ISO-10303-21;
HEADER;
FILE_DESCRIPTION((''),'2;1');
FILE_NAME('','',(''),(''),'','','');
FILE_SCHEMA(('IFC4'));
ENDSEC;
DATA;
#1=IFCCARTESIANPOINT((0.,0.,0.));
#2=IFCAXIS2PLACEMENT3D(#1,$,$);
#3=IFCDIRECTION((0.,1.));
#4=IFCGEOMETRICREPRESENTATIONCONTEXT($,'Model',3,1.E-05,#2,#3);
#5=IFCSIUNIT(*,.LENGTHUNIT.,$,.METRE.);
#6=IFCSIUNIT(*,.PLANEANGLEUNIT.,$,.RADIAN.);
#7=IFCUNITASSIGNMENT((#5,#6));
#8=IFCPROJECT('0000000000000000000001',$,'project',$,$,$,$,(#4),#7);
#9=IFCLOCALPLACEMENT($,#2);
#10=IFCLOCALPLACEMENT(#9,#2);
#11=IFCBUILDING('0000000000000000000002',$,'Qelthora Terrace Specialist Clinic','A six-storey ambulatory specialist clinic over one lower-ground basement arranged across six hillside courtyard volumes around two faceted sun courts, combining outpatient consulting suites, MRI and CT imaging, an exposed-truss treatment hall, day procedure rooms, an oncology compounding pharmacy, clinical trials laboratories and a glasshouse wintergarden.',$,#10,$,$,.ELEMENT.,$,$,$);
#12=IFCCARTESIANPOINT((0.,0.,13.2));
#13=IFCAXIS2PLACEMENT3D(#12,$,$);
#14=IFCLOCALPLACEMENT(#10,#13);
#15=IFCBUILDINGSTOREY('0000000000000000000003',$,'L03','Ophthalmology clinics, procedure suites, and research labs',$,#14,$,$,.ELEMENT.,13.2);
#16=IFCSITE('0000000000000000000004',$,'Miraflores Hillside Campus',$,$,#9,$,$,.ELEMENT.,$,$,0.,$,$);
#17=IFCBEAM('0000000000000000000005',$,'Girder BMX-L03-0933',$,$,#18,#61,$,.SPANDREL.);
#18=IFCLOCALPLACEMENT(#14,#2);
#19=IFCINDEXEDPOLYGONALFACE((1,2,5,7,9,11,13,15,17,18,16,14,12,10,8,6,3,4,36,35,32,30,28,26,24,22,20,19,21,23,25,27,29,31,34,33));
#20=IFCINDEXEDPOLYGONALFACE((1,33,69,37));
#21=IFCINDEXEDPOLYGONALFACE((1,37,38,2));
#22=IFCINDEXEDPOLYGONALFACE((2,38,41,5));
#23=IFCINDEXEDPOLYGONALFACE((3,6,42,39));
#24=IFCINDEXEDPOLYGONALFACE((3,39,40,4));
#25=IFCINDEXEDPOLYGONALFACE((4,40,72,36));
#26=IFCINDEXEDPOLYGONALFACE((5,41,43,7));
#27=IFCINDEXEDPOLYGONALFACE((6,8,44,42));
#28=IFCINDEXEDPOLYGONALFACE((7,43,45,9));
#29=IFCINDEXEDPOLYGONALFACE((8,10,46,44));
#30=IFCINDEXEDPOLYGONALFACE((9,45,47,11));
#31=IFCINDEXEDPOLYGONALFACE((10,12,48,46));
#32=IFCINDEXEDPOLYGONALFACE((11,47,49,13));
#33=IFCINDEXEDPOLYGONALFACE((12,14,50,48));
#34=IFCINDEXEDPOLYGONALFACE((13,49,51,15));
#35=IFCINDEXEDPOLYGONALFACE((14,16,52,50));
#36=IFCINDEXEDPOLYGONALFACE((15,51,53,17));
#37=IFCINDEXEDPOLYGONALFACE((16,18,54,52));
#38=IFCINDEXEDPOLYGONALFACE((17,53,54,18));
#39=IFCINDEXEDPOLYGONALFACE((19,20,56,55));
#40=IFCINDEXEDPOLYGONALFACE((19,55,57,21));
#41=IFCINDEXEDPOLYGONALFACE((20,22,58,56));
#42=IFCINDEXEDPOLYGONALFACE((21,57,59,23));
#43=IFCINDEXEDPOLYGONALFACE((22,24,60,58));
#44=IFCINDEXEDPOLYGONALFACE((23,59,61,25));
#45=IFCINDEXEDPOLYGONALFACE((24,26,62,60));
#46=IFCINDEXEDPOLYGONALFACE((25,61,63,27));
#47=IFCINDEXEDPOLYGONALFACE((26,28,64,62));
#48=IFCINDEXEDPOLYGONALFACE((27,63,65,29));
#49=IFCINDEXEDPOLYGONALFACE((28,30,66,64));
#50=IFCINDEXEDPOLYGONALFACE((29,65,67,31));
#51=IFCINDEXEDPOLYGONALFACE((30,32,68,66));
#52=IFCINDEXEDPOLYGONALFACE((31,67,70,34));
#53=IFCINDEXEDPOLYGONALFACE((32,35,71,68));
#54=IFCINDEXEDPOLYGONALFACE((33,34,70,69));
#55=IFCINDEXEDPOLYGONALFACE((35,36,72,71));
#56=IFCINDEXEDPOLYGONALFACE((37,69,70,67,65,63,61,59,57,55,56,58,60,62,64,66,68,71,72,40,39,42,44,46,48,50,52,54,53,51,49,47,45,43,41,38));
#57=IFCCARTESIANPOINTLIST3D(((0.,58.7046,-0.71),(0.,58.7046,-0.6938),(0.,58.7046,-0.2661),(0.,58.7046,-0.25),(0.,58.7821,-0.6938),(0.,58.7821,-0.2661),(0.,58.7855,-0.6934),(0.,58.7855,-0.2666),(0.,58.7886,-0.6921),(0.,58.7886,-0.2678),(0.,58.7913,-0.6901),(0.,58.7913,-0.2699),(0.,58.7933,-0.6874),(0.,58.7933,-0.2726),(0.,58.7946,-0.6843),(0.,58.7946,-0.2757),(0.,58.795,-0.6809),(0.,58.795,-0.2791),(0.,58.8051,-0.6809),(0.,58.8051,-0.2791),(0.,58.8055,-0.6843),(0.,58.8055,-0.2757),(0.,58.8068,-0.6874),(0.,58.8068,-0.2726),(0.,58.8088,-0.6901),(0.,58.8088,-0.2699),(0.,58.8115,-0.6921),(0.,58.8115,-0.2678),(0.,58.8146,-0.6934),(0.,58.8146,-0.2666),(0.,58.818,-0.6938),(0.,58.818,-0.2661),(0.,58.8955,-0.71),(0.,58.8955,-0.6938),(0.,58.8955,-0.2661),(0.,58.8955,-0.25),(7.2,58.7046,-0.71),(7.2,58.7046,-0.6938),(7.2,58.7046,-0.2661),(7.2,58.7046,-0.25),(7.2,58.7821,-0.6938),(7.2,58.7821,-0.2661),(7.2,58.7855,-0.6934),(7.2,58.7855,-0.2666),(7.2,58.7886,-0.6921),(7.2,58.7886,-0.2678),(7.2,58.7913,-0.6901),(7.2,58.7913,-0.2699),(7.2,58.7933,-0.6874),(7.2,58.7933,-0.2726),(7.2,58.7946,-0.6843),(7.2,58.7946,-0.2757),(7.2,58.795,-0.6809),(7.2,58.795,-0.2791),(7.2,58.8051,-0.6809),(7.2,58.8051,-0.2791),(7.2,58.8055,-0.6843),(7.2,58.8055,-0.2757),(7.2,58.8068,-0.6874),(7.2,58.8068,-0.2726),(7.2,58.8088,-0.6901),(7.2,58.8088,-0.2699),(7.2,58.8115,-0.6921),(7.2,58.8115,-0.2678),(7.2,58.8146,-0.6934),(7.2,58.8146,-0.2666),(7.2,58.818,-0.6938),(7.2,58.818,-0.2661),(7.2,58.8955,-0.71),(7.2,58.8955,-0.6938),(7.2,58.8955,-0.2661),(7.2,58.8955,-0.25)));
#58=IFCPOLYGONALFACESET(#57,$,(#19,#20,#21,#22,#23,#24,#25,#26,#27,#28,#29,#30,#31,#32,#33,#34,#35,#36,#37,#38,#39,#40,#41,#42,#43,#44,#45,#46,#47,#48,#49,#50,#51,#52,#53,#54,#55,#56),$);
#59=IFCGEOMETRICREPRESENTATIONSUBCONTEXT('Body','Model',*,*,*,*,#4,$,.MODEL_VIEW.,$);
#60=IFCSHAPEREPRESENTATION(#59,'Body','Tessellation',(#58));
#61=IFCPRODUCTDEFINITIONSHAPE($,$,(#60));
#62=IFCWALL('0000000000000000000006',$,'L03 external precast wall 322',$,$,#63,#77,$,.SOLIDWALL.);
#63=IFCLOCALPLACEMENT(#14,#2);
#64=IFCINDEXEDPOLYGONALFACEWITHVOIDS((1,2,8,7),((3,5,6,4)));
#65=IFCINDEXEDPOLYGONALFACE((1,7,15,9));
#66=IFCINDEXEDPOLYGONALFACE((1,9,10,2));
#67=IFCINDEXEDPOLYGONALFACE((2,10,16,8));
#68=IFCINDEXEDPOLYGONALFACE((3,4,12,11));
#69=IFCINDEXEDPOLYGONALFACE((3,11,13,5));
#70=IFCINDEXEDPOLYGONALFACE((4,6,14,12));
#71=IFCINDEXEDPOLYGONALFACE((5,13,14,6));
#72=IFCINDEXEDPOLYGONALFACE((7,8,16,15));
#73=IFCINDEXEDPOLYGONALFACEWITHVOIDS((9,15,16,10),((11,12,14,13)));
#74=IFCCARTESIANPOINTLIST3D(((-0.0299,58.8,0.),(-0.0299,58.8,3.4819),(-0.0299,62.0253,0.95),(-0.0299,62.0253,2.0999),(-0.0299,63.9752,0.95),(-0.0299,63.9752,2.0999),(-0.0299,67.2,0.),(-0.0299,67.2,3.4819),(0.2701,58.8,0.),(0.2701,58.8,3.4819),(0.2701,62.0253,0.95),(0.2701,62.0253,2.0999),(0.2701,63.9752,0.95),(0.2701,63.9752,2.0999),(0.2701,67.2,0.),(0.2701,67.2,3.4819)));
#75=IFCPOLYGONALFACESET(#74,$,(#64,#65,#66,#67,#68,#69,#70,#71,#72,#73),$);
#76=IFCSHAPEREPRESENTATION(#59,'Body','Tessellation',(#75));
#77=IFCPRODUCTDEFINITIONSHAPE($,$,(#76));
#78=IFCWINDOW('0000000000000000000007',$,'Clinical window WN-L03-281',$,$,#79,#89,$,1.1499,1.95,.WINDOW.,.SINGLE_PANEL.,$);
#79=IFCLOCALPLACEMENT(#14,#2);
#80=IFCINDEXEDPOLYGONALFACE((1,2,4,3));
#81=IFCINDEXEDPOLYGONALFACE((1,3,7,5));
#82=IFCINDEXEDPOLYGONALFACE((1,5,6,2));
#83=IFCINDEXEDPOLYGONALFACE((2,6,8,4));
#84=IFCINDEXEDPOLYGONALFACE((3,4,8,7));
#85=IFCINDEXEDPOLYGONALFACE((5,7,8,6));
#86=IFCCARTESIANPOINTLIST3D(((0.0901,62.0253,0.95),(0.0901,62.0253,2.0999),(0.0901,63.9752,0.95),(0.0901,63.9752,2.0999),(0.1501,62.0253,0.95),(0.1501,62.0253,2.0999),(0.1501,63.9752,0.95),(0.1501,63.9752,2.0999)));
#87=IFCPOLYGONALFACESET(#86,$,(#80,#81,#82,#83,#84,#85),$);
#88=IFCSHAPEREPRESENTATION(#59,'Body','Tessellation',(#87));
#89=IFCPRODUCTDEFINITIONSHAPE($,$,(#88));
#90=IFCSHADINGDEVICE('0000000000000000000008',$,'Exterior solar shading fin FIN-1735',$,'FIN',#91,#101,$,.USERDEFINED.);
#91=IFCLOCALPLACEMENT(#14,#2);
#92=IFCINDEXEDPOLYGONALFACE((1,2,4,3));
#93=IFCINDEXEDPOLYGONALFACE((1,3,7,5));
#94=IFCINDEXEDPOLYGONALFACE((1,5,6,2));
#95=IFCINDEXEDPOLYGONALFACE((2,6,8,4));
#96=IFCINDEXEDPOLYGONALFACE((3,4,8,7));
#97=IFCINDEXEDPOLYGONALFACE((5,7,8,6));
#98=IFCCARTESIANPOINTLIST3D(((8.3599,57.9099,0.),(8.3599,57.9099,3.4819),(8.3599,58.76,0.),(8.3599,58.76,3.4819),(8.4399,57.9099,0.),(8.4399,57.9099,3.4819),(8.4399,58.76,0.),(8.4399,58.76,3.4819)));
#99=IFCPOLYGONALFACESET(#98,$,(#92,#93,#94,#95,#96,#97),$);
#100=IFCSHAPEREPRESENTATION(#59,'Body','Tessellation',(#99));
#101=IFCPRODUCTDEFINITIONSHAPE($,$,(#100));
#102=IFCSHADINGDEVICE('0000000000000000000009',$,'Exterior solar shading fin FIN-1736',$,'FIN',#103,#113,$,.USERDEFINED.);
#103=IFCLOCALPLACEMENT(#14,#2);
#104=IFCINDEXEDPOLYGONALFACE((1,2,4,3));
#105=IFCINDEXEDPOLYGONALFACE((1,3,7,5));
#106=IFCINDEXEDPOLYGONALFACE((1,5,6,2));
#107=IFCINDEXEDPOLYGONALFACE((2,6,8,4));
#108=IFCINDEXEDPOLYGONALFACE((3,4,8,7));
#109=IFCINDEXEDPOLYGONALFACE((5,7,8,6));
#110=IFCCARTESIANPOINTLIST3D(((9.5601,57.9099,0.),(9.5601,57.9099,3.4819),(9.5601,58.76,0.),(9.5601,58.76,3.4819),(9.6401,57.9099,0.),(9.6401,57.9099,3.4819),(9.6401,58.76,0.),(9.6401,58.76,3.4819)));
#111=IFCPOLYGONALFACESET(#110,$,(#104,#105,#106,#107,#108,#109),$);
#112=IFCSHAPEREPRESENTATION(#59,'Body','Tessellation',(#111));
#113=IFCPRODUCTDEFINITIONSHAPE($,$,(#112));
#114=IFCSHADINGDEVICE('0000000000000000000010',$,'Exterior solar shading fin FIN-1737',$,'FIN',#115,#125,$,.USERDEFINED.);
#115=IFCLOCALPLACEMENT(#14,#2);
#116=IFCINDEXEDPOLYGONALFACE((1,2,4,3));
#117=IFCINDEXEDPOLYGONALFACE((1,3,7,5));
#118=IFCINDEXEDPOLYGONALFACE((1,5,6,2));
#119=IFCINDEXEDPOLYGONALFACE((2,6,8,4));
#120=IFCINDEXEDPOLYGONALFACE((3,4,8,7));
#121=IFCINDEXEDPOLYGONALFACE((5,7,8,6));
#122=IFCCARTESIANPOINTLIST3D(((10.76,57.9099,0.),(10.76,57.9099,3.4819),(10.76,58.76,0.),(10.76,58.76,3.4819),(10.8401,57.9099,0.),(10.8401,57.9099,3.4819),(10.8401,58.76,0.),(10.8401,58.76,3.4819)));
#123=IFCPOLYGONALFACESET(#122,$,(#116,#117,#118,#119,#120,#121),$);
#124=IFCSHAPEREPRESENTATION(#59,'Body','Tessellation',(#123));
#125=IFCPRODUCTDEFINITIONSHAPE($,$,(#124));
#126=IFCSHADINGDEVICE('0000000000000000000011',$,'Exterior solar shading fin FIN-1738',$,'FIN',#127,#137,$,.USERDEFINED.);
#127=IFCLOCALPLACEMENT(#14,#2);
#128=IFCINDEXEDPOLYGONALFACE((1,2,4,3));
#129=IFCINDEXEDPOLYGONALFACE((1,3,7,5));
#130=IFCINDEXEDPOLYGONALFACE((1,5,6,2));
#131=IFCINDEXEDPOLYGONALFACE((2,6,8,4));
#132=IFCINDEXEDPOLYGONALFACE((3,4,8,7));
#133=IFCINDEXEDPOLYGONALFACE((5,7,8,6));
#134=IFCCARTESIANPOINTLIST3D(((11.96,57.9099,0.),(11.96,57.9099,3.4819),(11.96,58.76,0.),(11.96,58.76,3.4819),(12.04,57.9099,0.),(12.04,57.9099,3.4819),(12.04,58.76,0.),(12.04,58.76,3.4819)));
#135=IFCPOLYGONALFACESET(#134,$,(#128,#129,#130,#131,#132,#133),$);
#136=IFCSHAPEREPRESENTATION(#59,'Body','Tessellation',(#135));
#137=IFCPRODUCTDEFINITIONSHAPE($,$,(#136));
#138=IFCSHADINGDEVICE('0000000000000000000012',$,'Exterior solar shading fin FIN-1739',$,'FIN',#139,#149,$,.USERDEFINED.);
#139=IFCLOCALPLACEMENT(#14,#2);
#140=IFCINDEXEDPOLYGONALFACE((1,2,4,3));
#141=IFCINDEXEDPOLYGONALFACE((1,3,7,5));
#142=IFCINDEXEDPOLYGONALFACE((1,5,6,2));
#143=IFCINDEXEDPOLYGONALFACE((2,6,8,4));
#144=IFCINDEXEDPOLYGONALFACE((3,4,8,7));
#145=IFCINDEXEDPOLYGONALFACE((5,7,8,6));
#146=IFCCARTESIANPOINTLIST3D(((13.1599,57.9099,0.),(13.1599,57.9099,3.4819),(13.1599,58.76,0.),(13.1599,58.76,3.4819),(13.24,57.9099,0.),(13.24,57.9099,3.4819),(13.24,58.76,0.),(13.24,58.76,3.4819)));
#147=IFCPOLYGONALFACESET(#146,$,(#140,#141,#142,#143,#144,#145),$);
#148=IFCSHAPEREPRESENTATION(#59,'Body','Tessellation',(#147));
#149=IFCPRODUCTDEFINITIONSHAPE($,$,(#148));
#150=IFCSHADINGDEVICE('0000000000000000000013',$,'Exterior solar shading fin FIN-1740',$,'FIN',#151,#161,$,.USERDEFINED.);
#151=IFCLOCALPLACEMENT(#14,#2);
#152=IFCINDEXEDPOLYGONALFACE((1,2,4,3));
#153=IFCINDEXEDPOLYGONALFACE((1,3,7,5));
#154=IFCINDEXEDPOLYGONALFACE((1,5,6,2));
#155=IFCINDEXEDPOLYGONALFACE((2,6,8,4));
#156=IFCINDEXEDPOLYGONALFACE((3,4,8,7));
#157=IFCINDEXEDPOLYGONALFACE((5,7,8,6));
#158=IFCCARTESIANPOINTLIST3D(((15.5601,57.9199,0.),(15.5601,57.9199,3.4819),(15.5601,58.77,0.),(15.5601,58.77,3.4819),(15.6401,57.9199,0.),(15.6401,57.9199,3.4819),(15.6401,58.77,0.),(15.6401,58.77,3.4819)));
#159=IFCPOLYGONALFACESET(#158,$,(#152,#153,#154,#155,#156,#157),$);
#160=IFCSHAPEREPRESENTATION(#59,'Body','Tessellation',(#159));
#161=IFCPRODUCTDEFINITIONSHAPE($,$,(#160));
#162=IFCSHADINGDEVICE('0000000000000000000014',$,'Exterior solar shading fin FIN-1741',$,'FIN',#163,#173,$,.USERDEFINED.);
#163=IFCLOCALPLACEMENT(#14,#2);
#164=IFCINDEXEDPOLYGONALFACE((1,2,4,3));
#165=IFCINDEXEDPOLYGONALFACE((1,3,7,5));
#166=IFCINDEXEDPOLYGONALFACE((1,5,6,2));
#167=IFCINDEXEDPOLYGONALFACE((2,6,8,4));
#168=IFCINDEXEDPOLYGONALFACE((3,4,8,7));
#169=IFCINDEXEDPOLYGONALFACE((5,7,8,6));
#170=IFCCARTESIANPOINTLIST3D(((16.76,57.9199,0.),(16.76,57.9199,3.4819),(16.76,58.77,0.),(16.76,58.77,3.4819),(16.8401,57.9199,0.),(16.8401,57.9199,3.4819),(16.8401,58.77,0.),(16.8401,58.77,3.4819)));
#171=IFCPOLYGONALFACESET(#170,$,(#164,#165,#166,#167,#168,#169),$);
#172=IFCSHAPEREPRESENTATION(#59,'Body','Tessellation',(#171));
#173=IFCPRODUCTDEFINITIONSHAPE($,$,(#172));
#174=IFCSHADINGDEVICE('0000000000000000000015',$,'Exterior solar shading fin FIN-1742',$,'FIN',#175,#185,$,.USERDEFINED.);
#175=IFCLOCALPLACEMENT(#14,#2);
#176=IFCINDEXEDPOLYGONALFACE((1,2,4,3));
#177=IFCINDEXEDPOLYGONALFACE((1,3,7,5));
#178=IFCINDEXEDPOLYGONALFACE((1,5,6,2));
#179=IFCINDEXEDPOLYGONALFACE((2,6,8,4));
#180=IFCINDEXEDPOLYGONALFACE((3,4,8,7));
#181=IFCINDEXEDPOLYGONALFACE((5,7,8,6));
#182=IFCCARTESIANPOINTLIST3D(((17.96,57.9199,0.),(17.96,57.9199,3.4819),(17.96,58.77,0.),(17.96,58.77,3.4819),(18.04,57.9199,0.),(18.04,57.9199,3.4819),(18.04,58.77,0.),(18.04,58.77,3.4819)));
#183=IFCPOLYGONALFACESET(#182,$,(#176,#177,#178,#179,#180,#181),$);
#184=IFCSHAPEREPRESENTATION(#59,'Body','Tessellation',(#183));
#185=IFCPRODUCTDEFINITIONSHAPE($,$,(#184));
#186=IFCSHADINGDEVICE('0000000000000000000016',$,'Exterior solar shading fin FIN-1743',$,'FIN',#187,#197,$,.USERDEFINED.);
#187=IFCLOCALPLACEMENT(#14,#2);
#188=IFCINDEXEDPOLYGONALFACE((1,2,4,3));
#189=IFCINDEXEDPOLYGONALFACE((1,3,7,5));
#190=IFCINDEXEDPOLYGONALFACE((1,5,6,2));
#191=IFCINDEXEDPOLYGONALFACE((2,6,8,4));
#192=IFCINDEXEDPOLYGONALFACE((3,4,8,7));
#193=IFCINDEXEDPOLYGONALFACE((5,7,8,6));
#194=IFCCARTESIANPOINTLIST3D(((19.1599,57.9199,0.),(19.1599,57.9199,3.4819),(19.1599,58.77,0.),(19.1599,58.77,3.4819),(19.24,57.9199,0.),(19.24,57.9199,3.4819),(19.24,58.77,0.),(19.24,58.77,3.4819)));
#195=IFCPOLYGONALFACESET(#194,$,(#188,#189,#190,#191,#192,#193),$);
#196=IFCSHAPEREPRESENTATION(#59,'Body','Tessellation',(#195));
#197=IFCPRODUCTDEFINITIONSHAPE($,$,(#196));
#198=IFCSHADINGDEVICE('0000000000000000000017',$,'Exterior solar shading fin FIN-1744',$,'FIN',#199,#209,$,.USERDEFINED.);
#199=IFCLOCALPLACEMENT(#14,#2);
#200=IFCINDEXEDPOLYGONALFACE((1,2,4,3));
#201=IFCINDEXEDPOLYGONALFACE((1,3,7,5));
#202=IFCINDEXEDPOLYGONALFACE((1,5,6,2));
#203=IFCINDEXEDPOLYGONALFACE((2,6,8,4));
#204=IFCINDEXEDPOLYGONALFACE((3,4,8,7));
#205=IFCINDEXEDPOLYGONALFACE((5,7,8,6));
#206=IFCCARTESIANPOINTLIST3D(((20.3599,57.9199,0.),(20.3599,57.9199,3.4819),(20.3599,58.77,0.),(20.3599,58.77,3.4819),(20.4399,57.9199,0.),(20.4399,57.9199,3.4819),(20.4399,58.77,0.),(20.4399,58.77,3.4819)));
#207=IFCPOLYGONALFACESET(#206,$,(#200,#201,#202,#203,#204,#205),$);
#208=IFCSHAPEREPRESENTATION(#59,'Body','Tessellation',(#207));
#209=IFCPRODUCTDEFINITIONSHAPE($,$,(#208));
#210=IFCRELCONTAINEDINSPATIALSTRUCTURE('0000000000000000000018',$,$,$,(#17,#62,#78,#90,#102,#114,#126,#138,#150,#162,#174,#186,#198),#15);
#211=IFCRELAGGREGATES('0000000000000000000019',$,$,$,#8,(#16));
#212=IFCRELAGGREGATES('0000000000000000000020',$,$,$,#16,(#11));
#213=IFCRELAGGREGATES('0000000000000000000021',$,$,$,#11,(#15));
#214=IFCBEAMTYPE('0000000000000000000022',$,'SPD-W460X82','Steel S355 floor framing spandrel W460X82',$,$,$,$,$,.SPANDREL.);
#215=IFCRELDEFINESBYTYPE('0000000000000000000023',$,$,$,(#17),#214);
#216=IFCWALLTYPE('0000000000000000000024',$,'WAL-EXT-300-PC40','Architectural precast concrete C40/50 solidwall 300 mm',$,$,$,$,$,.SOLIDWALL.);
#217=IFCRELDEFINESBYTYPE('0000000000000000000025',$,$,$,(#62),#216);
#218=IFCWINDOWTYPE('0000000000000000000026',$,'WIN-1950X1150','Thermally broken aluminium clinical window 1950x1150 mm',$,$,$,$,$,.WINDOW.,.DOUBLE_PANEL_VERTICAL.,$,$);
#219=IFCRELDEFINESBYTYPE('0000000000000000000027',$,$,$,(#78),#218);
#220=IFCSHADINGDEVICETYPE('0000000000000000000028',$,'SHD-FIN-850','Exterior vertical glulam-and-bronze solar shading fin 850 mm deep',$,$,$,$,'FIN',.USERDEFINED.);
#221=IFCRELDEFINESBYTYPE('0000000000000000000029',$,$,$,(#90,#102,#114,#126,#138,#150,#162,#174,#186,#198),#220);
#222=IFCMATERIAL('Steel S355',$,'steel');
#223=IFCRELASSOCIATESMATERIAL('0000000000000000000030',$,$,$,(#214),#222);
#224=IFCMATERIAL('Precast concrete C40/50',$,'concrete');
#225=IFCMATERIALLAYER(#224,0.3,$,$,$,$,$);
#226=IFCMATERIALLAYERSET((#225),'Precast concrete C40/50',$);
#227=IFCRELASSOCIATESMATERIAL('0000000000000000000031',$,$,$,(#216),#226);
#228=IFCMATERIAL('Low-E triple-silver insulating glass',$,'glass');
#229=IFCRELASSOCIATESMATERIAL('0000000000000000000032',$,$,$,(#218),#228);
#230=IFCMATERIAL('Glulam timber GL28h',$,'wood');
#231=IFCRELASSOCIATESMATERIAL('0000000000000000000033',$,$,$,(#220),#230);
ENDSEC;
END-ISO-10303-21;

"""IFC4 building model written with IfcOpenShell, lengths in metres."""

from ifc_helpers import new_model, si_unit, direction, frame, frame_2d, origin, origin_2d, place, context, subcontext, project, spatial, rectangle, i_section, extrude, material, layer, layer_set, material_profile, profile_set, type_object, element, fill, save


model = new_model("IFC4")

# Units and contexts
model_context = context("Model", 3, precision=1e-05, world=origin(), true_north=direction((0.0, 1.0)))
body_context = subcontext(model_context, "Body", "Model", "MODEL_VIEW")
ifc_project = project(units=[si_unit("LENGTHUNIT", "METRE"), si_unit("PLANEANGLEUNIT", "RADIAN")], contexts=[model_context])

# Site, building, storey
site_placement = place(None, origin())
site = spatial("IfcSite", under=ifc_project, at=site_placement, Name="Miraflores Hillside Campus", CompositionType="ELEMENT", RefElevation=0.0)
building_placement = place(site_placement, origin())
building = spatial("IfcBuilding", under=site, at=building_placement, Name="Qelthora Terrace Specialist Clinic", Description="A six-storey ambulatory specialist clinic over one lower-ground basement arranged across six hillside courtyard volumes around two faceted sun courts, combining outpatient consulting suites, MRI and CT imaging, an exposed-truss treatment hall, day procedure rooms, an oncology compounding pharmacy, clinical trials laboratories and a glasshouse wintergarden.", CompositionType="ELEMENT")
storey_placement = place(building_placement, frame((0.0, 0.0, 13.2)))
storey = spatial("IfcBuildingStorey", under=building, at=storey_placement, Name="L03", Description="Ophthalmology clinics, procedure suites, and research labs", CompositionType="ELEMENT", Elevation=13.2)

# Shared definitions
ifc_material_1 = material(Name="Steel S355", Category="steel")

# Beam
ifc_material_profile_1 = material_profile(ifc_material_1, i_section(OverallWidth=0.1909, OverallDepth=0.46, WebThickness=0.01, FlangeThickness=0.0161, FilletRadius=0.0129, at=origin_2d()), Name="W460X82")
ifc_profile_set_1 = profile_set([ifc_material_profile_1], Name="Steel S355")
beam_type_1 = type_object("IfcBeamType", Name="SPD-W460X82", Description="Steel S355 floor framing spandrel W460X82", PredefinedType="SPANDREL", material=ifc_profile_set_1)
beam_1_placement = place(storey_placement, frame((0.0, 58.8, -0.48), z_axis=(1.0, 0.0, 0.0), x_axis=(0.0, 1.0, 0.0)))
element("IfcBeam", 1, at=beam_1_placement, inside=storey, type_object=beam_type_1, Name="Girder BMX-L03-0933", PredefinedType="SPANDREL", context=body_context, shape_type="SweptSolid", body=[
    extrude(i_section(OverallWidth=0.1909, OverallDepth=0.46, WebThickness=0.01, FlangeThickness=0.0161, FilletRadius=0.0129, at=origin_2d()), origin(), (0.0, 0.0, 1.0), 7.2),
])

# Wall, opening, window
ifc_material_2 = material(Name="Precast concrete C40/50", Category="concrete")
ifc_layer = layer(ifc_material_2, 0.3)
ifc_layer_set = layer_set([ifc_layer], Name="Precast concrete C40/50")
wall_type = type_object("IfcWallType", Name="WAL-EXT-300-PC40", Description="Architectural precast concrete C40/50 solidwall 300 mm", PredefinedType="SOLIDWALL", material=ifc_layer_set)
wall_placement = place(storey_placement, frame((0.1201, 58.8, 0.0), z_axis=(0.0, 0.0, 1.0), x_axis=(0.0, 1.0, 0.0)))
wall = element("IfcWall", 2, at=wall_placement, inside=storey, type_object=wall_type, Name="L03 external precast wall 322", PredefinedType="SOLIDWALL", context=body_context, shape_type="SweptSolid", body=[
    extrude(rectangle(XDim=8.3999, YDim=0.3, at=frame_2d((4.2, 0.0))), origin(), (0.0, 0.0, 1.0), 3.4819),
])
opening_placement = place(wall_placement, frame((3.2251, 0.0, 0.95)))
opening = element("IfcOpeningElement", 3, at=opening_placement, cuts=wall, PredefinedType="OPENING", context=body_context, shape_type="SweptSolid", body=[
    extrude(rectangle(XDim=1.95, YDim=1.1499, at=frame_2d((0.9751, 0.575))), frame((0.0, 0.1599, 0.0), z_axis=(0.0, -1.0, 0.0), x_axis=(1.0, 0.0, 0.0)), (0.0, 0.0, 1.0), 0.3201),
])
ifc_material_3 = material(Name="Low-E triple-silver insulating glass", Category="glass")
window_type = type_object("IfcWindowType", Name="WIN-1950X1150", Description="Thermally broken aluminium clinical window 1950x1150 mm", PartitioningType="DOUBLE_PANEL_VERTICAL", PredefinedType="WINDOW", material=ifc_material_3)
window_placement = place(opening_placement, origin())
window = element("IfcWindow", 4, at=window_placement, inside=storey, type_object=window_type, Name="Clinical window WN-L03-281", OverallHeight=1.1499, OverallWidth=1.95, PartitioningType="SINGLE_PANEL", PredefinedType="WINDOW", context=body_context, shape_type="SweptSolid", body=[
    extrude(rectangle(XDim=1.95, YDim=1.1499, at=frame_2d((0.9751, 0.575))), frame((0.0, 0.03, 0.0), z_axis=(0.0, -1.0, 0.0), x_axis=(1.0, 0.0, 0.0)), (0.0, 0.0, 1.0), 0.0601),
])
fill(opening, window)

# Shading devices
ifc_material_4 = material(Name="Glulam timber GL28h", Category="wood")
shading_device_type = type_object("IfcShadingDeviceType", Name="SHD-FIN-850", Description="Exterior vertical glulam-and-bronze solar shading fin 850 mm deep", ElementType="FIN", PredefinedType="USERDEFINED", material=ifc_material_4)
for number, where, z_axis, x_axis, name in (
    (5, (8.3999, 58.335, 0.0), (0.0, 0.0, 1.0), (0.0, -1.0, 0.0), "Exterior solar shading fin FIN-1735"),
    (6, (9.6001, 58.335, 0.0), (0.0, 0.0, 1.0), (0.0, -1.0, 0.0), "Exterior solar shading fin FIN-1736"),
    (7, (10.8, 58.335, 0.0), (0.0, 0.0, 1.0), (0.0, -1.0, 0.0), "Exterior solar shading fin FIN-1737"),
    (8, (12.0, 58.335, 0.0), (0.0, 0.0, 1.0), (0.0, -1.0, 0.0), "Exterior solar shading fin FIN-1738"),
    (9, (13.2, 58.335, 0.0), (0.0, 0.0, 1.0), (0.0, -1.0, 0.0), "Exterior solar shading fin FIN-1739"),
    (10, (15.6001, 58.345, 0.0), (0.0, 0.0, 1.0), (0.0, -1.0, 0.0), "Exterior solar shading fin FIN-1740"),
    (11, (16.8, 58.345, 0.0), (0.0, 0.0, 1.0), (0.0, -1.0, 0.0), "Exterior solar shading fin FIN-1741"),
    (12, (18.0, 58.345, 0.0), (0.0, 0.0, 1.0), (0.0, -1.0, 0.0), "Exterior solar shading fin FIN-1742"),
    (13, (19.2, 58.345, 0.0), (0.0, 0.0, 1.0), (0.0, -1.0, 0.0), "Exterior solar shading fin FIN-1743"),
    (14, (20.3999, 58.345, 0.0), (0.0, 0.0, 1.0), (0.0, -1.0, 0.0), "Exterior solar shading fin FIN-1744"),
):
    element("IfcShadingDevice", number, at=place(storey_placement, frame(where, z_axis=z_axis, x_axis=x_axis)), inside=storey, type_object=shading_device_type, Name=name, ObjectType="FIN", PredefinedType="USERDEFINED", context=body_context, shape_type="SweptSolid", body=[
        extrude(rectangle(XDim=0.8501, YDim=0.0801, at=origin_2d()), origin(), (0.0, 0.0, 1.0), 3.4819),
    ])

save(model, "model.ifc")
